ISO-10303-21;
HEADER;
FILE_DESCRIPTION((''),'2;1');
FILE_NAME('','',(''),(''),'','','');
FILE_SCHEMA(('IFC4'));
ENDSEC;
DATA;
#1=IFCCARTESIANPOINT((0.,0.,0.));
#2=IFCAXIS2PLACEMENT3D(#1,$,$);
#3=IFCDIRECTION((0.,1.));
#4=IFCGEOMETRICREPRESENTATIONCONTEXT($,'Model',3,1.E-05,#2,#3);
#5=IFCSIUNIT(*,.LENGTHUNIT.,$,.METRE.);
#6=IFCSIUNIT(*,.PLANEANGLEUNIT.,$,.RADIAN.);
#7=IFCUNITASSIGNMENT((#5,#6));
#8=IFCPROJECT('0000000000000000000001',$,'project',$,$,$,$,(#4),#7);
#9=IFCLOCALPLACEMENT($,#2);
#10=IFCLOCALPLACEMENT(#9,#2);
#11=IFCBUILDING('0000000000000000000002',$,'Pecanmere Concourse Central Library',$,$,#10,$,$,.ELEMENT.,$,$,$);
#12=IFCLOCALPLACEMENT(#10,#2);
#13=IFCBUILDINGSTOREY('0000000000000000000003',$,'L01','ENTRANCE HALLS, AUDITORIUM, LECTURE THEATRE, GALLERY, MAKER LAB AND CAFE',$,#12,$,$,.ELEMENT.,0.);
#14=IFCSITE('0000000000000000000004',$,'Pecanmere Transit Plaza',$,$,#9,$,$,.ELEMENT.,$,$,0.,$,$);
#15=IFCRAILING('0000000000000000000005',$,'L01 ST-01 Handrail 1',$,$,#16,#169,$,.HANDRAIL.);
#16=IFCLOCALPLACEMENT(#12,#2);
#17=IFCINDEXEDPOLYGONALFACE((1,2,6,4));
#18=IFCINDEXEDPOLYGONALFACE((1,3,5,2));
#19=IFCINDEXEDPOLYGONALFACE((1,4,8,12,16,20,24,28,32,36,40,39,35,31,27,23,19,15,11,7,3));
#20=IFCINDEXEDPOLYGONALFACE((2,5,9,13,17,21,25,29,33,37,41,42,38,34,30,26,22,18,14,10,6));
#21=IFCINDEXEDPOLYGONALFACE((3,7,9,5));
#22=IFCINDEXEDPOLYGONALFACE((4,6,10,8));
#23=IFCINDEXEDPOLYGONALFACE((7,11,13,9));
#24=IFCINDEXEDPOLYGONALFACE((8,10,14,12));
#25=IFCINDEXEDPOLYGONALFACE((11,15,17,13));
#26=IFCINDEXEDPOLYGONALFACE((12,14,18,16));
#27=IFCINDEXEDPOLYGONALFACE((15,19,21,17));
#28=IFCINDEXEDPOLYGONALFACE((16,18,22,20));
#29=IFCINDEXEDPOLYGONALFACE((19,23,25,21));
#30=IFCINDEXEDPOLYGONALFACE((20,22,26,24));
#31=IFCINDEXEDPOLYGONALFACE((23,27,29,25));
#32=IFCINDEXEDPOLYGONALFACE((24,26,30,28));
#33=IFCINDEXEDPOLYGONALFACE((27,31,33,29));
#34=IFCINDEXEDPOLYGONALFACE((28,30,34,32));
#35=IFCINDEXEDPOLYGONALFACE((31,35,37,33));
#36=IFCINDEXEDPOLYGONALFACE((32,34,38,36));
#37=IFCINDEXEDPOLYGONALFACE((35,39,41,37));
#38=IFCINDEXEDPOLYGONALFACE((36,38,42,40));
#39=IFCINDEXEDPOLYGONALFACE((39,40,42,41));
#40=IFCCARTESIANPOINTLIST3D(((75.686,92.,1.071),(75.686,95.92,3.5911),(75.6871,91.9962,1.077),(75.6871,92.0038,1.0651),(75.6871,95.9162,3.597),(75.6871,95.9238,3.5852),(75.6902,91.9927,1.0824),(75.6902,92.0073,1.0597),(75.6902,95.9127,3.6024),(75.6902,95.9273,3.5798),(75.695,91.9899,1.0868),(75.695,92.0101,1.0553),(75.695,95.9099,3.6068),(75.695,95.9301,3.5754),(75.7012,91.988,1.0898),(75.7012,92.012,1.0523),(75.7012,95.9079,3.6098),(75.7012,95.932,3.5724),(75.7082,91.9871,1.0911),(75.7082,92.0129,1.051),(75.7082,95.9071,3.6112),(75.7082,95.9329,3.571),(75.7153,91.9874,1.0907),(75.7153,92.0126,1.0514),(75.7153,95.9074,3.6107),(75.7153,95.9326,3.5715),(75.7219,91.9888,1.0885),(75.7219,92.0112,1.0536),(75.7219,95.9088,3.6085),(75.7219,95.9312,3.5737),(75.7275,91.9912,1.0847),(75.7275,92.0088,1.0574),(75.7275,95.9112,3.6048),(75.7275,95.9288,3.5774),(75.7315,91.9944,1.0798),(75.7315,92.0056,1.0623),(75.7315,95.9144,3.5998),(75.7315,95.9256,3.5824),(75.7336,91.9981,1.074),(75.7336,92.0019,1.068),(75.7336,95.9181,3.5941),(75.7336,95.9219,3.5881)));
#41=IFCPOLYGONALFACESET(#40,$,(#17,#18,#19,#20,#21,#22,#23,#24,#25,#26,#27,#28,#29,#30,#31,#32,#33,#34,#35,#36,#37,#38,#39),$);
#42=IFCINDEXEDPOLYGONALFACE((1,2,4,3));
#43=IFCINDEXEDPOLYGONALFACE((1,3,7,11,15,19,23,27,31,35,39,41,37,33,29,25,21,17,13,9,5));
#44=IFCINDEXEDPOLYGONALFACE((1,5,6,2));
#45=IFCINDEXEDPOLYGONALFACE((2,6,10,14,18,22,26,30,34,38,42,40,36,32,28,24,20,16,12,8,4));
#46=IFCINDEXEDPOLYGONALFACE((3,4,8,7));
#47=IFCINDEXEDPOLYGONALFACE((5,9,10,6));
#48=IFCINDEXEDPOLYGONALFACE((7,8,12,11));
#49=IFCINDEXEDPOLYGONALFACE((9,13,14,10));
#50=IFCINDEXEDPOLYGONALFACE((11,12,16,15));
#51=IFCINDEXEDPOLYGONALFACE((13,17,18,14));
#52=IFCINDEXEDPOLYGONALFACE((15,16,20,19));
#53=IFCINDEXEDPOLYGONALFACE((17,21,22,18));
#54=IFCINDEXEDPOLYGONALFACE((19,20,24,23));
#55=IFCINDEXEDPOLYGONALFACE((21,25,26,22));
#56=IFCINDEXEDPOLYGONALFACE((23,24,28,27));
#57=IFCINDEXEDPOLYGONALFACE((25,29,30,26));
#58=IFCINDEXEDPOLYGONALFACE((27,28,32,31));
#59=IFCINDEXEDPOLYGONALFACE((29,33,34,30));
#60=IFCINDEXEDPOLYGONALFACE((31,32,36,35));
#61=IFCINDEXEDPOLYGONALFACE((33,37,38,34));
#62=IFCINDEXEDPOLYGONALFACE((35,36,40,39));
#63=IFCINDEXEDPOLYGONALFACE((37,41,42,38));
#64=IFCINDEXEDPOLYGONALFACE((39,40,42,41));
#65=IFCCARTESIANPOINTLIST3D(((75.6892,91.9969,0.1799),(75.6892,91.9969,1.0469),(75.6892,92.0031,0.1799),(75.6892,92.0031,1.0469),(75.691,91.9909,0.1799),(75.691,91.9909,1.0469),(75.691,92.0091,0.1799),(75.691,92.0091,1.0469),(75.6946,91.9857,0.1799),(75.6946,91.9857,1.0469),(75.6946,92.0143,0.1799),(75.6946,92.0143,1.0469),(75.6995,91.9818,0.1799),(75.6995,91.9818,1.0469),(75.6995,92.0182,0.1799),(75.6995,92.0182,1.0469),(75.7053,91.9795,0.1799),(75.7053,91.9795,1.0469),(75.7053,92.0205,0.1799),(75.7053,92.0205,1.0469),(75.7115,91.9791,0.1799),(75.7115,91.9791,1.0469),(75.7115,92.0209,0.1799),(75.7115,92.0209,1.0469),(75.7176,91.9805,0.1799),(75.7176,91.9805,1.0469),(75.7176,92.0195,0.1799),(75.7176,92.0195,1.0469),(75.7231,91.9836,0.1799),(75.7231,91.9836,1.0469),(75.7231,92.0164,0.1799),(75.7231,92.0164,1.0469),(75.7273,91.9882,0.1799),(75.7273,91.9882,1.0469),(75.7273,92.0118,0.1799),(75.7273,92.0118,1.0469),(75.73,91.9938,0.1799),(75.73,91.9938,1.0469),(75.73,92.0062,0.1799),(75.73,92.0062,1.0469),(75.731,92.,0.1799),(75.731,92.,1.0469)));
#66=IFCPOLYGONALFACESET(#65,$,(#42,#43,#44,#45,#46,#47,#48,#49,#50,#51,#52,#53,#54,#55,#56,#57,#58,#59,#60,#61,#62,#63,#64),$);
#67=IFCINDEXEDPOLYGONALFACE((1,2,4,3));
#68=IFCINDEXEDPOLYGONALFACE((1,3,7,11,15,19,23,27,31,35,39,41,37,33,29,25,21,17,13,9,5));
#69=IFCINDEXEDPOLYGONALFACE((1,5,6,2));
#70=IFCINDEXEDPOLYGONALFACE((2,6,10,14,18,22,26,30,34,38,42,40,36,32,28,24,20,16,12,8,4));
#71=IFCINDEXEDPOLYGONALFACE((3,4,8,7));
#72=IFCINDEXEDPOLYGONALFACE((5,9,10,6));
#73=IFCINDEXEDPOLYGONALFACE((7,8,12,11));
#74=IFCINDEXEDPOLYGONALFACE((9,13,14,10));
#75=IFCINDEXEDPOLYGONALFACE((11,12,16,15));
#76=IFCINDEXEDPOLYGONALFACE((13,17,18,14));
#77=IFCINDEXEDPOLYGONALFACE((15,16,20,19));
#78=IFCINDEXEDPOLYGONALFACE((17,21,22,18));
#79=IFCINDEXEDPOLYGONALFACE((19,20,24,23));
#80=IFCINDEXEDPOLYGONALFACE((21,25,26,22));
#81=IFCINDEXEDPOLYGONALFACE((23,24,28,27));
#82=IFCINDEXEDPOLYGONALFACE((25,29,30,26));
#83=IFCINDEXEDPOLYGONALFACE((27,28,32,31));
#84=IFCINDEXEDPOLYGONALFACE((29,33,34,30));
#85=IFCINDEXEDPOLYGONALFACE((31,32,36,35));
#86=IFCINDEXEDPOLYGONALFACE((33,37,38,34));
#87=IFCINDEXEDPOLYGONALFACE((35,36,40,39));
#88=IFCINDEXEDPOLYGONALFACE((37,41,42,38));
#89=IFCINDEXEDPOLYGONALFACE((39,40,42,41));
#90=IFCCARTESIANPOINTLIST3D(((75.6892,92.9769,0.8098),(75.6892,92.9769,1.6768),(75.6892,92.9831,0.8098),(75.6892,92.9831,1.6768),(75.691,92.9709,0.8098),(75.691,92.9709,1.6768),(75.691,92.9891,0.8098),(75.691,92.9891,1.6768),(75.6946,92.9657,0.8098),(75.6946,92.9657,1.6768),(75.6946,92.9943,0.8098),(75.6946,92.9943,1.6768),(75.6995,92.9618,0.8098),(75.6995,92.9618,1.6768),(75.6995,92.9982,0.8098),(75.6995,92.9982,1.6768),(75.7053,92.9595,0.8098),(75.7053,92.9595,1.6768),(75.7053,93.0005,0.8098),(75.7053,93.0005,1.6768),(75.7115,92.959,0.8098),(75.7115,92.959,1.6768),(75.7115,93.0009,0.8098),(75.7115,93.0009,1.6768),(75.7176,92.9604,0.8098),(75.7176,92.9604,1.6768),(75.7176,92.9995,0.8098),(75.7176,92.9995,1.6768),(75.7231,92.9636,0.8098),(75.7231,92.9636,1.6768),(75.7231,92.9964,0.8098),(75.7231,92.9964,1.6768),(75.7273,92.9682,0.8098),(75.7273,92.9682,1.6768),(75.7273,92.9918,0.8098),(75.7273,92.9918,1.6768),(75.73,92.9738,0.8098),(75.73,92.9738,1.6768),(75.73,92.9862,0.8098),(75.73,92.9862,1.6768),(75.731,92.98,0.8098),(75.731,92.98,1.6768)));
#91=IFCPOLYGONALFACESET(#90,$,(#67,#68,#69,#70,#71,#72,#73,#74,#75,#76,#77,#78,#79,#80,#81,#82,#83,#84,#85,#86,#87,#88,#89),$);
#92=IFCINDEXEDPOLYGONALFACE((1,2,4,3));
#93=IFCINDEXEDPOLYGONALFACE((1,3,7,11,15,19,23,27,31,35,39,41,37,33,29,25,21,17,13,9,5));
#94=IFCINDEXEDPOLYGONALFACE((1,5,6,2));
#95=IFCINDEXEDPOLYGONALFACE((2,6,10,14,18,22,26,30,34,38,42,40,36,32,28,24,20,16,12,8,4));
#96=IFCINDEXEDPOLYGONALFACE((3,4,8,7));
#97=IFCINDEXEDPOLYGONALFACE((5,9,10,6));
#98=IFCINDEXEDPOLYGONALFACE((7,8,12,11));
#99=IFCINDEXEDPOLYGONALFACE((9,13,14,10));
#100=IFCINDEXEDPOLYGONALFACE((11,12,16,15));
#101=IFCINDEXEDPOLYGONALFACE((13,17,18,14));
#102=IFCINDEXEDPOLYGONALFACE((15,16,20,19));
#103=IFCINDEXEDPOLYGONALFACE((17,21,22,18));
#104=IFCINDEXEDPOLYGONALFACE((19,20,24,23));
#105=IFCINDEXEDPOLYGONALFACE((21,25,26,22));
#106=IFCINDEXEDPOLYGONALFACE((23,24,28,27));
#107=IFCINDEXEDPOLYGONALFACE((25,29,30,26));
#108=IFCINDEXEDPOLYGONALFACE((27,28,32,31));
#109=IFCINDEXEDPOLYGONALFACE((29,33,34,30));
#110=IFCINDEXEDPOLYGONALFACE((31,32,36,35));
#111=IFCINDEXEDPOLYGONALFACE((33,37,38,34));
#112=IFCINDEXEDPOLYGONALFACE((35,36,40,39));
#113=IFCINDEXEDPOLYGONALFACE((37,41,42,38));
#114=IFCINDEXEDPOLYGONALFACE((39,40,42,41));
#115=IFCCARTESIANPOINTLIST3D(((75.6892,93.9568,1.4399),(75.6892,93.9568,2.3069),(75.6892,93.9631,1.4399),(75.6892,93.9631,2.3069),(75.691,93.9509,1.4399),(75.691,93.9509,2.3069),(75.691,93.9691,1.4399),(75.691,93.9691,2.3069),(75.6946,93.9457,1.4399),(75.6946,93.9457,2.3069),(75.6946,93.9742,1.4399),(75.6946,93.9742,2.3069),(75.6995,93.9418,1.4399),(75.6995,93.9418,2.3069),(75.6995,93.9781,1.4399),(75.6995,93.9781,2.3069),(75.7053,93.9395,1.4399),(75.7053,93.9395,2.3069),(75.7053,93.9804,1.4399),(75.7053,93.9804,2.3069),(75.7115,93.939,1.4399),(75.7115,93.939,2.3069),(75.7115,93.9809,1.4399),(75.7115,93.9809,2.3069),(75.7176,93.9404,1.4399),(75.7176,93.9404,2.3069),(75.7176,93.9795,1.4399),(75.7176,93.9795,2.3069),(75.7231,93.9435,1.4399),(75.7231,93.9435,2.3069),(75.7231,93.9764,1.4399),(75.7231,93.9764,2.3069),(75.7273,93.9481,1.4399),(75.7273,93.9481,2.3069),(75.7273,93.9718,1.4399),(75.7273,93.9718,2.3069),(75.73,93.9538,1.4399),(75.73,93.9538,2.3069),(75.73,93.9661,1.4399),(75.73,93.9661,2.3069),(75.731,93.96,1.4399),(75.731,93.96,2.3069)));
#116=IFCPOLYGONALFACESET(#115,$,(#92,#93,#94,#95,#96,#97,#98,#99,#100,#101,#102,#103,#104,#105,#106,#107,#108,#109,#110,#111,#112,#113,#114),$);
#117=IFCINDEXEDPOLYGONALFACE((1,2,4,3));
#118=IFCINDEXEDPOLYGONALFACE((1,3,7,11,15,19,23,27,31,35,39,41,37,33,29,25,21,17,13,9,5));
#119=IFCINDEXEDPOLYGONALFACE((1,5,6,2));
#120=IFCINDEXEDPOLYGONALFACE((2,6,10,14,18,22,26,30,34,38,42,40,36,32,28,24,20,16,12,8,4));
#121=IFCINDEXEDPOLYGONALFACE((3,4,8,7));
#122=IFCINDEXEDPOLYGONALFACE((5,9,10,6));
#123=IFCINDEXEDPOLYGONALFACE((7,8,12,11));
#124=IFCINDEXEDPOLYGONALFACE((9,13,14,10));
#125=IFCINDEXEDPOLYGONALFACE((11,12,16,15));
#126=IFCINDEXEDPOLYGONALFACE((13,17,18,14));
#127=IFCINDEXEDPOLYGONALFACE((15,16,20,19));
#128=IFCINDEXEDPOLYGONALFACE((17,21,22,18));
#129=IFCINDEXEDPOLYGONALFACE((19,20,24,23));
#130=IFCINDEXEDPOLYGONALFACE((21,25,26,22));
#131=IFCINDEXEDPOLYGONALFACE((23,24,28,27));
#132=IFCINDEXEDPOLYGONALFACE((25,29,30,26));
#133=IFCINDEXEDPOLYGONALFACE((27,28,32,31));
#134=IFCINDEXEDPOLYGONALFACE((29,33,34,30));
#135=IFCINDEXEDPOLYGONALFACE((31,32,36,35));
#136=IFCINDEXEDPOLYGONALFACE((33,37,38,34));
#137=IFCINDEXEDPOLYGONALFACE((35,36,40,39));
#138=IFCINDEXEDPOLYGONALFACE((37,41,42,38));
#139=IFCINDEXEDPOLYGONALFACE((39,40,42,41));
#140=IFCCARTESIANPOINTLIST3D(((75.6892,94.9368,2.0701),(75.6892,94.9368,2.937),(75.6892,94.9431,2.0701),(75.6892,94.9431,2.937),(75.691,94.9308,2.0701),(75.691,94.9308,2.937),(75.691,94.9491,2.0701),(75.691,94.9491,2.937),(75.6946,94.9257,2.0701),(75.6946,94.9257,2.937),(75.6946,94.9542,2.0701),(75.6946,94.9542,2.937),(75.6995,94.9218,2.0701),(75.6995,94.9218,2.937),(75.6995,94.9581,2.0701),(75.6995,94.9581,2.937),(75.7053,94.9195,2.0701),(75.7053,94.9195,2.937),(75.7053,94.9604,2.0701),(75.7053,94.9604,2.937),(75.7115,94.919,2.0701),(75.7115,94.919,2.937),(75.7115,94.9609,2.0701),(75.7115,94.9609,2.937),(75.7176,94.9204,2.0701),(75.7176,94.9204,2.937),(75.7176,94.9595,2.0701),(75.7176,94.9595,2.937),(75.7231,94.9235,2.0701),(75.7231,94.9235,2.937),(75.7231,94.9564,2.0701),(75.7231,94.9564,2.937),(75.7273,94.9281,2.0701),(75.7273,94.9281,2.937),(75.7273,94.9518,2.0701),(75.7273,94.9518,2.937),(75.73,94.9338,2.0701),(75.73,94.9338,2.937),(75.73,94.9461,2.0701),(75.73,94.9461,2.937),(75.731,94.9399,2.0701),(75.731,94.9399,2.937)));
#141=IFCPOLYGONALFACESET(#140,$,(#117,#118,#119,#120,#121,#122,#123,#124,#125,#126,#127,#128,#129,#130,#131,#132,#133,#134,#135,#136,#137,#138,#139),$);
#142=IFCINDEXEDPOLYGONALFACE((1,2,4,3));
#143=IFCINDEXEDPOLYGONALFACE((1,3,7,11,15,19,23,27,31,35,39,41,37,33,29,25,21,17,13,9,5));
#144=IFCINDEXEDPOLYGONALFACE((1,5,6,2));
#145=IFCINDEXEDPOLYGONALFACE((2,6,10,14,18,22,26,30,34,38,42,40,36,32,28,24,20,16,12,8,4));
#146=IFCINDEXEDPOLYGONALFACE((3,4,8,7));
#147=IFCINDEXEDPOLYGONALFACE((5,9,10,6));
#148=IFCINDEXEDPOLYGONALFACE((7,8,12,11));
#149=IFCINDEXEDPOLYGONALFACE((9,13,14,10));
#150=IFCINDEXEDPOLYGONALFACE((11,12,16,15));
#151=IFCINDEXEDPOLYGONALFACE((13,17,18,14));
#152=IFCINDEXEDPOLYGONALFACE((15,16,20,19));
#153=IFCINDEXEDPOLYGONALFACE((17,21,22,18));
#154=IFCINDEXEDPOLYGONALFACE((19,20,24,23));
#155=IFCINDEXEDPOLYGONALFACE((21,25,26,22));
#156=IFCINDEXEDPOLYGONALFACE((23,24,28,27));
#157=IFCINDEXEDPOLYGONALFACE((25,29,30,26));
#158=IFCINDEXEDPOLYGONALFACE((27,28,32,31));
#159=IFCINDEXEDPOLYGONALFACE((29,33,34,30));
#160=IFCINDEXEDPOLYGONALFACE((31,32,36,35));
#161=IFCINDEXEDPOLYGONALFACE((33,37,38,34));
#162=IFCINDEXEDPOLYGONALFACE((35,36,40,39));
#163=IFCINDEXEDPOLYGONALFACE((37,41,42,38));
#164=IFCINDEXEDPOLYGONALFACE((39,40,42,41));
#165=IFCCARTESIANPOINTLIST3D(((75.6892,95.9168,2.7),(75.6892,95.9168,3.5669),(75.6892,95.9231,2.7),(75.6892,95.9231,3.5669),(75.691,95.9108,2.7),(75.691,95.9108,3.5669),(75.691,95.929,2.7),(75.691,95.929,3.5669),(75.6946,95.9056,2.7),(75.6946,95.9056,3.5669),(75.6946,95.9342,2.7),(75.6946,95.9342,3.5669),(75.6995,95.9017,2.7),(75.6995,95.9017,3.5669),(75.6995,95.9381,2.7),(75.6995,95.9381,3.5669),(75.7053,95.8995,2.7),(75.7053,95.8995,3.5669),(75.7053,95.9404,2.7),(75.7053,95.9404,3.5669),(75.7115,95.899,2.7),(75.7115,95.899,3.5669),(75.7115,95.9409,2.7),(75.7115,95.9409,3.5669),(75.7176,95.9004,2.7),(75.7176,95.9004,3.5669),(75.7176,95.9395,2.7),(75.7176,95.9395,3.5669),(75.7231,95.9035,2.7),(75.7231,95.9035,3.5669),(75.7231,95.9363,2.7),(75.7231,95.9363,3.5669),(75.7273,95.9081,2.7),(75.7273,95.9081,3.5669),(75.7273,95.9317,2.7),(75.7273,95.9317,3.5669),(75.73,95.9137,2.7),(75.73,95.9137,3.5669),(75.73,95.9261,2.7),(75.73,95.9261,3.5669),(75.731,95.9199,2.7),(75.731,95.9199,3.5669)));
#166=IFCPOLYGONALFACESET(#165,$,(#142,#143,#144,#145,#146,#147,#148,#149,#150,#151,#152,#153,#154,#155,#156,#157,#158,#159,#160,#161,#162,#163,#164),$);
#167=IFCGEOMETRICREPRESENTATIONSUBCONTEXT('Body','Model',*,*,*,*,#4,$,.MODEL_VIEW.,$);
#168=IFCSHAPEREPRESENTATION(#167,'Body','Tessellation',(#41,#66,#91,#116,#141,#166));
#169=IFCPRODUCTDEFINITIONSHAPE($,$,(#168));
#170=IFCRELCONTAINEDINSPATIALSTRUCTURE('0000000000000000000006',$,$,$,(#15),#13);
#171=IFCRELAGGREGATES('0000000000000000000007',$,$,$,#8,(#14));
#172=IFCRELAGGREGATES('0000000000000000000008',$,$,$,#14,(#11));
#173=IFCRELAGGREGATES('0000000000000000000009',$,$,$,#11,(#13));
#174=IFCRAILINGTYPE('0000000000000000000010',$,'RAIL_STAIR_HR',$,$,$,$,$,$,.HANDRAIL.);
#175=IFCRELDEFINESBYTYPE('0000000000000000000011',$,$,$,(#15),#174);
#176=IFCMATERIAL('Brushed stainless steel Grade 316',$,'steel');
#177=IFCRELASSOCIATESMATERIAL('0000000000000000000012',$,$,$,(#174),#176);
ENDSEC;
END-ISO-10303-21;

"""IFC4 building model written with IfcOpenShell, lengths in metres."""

from ifc_helpers import new_model, si_unit, direction, frame, origin, origin_2d, place, context, subcontext, project, spatial, circle, extrude, material, type_object, element, save


model = new_model("IFC4")

# Units and contexts
model_context = context("Model", 3, precision=1e-05, world=origin(), true_north=direction((0.0, 1.0)))
body_context = subcontext(model_context, "Body", "Model", "MODEL_VIEW")
ifc_project = project(units=[si_unit("LENGTHUNIT", "METRE"), si_unit("PLANEANGLEUNIT", "RADIAN")], contexts=[model_context])

# Site, building, storey
site_placement = place(None, origin())
site = spatial("IfcSite", under=ifc_project, at=site_placement, Name="Pecanmere Transit Plaza", CompositionType="ELEMENT", RefElevation=0.0)
building_placement = place(site_placement, origin())
building = spatial("IfcBuilding", under=site, at=building_placement, Name="Pecanmere Concourse Central Library", CompositionType="ELEMENT")
storey_placement = place(building_placement, origin())
storey = spatial("IfcBuildingStorey", under=building, at=storey_placement, Name="L01", Description="ENTRANCE HALLS, AUDITORIUM, LECTURE THEATRE, GALLERY, MAKER LAB AND CAFE", CompositionType="ELEMENT", Elevation=0.0)

# Railing
ifc_material_1 = material(Name="Brushed stainless steel Grade 316", Category="steel")
railing_type_1 = type_object("IfcRailingType", Name="RAIL_STAIR_HR", PredefinedType="HANDRAIL", material=ifc_material_1)
railing_1_placement = place(storey_placement, frame((75.71, 92.0, 0.1799)))
element("IfcRailing", 1, at=railing_1_placement, inside=storey, type_object=railing_type_1, Name="L01 ST-01 Handrail 1", PredefinedType="HANDRAIL", context=body_context, shape_type="SweptSolid", body=[
    extrude(circle(Radius=0.0239, at=origin_2d()), frame((0.0, 0.0, 0.8911), z_axis=(0.0, 0.841172, 0.540768), x_axis=(-1.0, 0.0, 0.0)), (0.0, 0.0, 1.0), 4.6602),
    extrude(circle(Radius=0.021, at=origin_2d()), origin(), (0.0, 0.0, 1.0), 0.8669),
    extrude(circle(Radius=0.021, at=origin_2d()), frame((0.0, 0.98, 0.6299)), (0.0, 0.0, 1.0), 0.8669),
    extrude(circle(Radius=0.021, at=origin_2d()), frame((0.0, 1.96, 1.26)), (0.0, 0.0, 1.0), 0.8669),
    extrude(circle(Radius=0.021, at=origin_2d()), frame((0.0, 2.9399, 1.8901)), (0.0, 0.0, 1.0), 0.8669),
    extrude(circle(Radius=0.021, at=origin_2d()), frame((0.0, 3.9199, 2.52)), (0.0, 0.0, 1.0), 0.8669),
])

save(model, "model.ifc")
